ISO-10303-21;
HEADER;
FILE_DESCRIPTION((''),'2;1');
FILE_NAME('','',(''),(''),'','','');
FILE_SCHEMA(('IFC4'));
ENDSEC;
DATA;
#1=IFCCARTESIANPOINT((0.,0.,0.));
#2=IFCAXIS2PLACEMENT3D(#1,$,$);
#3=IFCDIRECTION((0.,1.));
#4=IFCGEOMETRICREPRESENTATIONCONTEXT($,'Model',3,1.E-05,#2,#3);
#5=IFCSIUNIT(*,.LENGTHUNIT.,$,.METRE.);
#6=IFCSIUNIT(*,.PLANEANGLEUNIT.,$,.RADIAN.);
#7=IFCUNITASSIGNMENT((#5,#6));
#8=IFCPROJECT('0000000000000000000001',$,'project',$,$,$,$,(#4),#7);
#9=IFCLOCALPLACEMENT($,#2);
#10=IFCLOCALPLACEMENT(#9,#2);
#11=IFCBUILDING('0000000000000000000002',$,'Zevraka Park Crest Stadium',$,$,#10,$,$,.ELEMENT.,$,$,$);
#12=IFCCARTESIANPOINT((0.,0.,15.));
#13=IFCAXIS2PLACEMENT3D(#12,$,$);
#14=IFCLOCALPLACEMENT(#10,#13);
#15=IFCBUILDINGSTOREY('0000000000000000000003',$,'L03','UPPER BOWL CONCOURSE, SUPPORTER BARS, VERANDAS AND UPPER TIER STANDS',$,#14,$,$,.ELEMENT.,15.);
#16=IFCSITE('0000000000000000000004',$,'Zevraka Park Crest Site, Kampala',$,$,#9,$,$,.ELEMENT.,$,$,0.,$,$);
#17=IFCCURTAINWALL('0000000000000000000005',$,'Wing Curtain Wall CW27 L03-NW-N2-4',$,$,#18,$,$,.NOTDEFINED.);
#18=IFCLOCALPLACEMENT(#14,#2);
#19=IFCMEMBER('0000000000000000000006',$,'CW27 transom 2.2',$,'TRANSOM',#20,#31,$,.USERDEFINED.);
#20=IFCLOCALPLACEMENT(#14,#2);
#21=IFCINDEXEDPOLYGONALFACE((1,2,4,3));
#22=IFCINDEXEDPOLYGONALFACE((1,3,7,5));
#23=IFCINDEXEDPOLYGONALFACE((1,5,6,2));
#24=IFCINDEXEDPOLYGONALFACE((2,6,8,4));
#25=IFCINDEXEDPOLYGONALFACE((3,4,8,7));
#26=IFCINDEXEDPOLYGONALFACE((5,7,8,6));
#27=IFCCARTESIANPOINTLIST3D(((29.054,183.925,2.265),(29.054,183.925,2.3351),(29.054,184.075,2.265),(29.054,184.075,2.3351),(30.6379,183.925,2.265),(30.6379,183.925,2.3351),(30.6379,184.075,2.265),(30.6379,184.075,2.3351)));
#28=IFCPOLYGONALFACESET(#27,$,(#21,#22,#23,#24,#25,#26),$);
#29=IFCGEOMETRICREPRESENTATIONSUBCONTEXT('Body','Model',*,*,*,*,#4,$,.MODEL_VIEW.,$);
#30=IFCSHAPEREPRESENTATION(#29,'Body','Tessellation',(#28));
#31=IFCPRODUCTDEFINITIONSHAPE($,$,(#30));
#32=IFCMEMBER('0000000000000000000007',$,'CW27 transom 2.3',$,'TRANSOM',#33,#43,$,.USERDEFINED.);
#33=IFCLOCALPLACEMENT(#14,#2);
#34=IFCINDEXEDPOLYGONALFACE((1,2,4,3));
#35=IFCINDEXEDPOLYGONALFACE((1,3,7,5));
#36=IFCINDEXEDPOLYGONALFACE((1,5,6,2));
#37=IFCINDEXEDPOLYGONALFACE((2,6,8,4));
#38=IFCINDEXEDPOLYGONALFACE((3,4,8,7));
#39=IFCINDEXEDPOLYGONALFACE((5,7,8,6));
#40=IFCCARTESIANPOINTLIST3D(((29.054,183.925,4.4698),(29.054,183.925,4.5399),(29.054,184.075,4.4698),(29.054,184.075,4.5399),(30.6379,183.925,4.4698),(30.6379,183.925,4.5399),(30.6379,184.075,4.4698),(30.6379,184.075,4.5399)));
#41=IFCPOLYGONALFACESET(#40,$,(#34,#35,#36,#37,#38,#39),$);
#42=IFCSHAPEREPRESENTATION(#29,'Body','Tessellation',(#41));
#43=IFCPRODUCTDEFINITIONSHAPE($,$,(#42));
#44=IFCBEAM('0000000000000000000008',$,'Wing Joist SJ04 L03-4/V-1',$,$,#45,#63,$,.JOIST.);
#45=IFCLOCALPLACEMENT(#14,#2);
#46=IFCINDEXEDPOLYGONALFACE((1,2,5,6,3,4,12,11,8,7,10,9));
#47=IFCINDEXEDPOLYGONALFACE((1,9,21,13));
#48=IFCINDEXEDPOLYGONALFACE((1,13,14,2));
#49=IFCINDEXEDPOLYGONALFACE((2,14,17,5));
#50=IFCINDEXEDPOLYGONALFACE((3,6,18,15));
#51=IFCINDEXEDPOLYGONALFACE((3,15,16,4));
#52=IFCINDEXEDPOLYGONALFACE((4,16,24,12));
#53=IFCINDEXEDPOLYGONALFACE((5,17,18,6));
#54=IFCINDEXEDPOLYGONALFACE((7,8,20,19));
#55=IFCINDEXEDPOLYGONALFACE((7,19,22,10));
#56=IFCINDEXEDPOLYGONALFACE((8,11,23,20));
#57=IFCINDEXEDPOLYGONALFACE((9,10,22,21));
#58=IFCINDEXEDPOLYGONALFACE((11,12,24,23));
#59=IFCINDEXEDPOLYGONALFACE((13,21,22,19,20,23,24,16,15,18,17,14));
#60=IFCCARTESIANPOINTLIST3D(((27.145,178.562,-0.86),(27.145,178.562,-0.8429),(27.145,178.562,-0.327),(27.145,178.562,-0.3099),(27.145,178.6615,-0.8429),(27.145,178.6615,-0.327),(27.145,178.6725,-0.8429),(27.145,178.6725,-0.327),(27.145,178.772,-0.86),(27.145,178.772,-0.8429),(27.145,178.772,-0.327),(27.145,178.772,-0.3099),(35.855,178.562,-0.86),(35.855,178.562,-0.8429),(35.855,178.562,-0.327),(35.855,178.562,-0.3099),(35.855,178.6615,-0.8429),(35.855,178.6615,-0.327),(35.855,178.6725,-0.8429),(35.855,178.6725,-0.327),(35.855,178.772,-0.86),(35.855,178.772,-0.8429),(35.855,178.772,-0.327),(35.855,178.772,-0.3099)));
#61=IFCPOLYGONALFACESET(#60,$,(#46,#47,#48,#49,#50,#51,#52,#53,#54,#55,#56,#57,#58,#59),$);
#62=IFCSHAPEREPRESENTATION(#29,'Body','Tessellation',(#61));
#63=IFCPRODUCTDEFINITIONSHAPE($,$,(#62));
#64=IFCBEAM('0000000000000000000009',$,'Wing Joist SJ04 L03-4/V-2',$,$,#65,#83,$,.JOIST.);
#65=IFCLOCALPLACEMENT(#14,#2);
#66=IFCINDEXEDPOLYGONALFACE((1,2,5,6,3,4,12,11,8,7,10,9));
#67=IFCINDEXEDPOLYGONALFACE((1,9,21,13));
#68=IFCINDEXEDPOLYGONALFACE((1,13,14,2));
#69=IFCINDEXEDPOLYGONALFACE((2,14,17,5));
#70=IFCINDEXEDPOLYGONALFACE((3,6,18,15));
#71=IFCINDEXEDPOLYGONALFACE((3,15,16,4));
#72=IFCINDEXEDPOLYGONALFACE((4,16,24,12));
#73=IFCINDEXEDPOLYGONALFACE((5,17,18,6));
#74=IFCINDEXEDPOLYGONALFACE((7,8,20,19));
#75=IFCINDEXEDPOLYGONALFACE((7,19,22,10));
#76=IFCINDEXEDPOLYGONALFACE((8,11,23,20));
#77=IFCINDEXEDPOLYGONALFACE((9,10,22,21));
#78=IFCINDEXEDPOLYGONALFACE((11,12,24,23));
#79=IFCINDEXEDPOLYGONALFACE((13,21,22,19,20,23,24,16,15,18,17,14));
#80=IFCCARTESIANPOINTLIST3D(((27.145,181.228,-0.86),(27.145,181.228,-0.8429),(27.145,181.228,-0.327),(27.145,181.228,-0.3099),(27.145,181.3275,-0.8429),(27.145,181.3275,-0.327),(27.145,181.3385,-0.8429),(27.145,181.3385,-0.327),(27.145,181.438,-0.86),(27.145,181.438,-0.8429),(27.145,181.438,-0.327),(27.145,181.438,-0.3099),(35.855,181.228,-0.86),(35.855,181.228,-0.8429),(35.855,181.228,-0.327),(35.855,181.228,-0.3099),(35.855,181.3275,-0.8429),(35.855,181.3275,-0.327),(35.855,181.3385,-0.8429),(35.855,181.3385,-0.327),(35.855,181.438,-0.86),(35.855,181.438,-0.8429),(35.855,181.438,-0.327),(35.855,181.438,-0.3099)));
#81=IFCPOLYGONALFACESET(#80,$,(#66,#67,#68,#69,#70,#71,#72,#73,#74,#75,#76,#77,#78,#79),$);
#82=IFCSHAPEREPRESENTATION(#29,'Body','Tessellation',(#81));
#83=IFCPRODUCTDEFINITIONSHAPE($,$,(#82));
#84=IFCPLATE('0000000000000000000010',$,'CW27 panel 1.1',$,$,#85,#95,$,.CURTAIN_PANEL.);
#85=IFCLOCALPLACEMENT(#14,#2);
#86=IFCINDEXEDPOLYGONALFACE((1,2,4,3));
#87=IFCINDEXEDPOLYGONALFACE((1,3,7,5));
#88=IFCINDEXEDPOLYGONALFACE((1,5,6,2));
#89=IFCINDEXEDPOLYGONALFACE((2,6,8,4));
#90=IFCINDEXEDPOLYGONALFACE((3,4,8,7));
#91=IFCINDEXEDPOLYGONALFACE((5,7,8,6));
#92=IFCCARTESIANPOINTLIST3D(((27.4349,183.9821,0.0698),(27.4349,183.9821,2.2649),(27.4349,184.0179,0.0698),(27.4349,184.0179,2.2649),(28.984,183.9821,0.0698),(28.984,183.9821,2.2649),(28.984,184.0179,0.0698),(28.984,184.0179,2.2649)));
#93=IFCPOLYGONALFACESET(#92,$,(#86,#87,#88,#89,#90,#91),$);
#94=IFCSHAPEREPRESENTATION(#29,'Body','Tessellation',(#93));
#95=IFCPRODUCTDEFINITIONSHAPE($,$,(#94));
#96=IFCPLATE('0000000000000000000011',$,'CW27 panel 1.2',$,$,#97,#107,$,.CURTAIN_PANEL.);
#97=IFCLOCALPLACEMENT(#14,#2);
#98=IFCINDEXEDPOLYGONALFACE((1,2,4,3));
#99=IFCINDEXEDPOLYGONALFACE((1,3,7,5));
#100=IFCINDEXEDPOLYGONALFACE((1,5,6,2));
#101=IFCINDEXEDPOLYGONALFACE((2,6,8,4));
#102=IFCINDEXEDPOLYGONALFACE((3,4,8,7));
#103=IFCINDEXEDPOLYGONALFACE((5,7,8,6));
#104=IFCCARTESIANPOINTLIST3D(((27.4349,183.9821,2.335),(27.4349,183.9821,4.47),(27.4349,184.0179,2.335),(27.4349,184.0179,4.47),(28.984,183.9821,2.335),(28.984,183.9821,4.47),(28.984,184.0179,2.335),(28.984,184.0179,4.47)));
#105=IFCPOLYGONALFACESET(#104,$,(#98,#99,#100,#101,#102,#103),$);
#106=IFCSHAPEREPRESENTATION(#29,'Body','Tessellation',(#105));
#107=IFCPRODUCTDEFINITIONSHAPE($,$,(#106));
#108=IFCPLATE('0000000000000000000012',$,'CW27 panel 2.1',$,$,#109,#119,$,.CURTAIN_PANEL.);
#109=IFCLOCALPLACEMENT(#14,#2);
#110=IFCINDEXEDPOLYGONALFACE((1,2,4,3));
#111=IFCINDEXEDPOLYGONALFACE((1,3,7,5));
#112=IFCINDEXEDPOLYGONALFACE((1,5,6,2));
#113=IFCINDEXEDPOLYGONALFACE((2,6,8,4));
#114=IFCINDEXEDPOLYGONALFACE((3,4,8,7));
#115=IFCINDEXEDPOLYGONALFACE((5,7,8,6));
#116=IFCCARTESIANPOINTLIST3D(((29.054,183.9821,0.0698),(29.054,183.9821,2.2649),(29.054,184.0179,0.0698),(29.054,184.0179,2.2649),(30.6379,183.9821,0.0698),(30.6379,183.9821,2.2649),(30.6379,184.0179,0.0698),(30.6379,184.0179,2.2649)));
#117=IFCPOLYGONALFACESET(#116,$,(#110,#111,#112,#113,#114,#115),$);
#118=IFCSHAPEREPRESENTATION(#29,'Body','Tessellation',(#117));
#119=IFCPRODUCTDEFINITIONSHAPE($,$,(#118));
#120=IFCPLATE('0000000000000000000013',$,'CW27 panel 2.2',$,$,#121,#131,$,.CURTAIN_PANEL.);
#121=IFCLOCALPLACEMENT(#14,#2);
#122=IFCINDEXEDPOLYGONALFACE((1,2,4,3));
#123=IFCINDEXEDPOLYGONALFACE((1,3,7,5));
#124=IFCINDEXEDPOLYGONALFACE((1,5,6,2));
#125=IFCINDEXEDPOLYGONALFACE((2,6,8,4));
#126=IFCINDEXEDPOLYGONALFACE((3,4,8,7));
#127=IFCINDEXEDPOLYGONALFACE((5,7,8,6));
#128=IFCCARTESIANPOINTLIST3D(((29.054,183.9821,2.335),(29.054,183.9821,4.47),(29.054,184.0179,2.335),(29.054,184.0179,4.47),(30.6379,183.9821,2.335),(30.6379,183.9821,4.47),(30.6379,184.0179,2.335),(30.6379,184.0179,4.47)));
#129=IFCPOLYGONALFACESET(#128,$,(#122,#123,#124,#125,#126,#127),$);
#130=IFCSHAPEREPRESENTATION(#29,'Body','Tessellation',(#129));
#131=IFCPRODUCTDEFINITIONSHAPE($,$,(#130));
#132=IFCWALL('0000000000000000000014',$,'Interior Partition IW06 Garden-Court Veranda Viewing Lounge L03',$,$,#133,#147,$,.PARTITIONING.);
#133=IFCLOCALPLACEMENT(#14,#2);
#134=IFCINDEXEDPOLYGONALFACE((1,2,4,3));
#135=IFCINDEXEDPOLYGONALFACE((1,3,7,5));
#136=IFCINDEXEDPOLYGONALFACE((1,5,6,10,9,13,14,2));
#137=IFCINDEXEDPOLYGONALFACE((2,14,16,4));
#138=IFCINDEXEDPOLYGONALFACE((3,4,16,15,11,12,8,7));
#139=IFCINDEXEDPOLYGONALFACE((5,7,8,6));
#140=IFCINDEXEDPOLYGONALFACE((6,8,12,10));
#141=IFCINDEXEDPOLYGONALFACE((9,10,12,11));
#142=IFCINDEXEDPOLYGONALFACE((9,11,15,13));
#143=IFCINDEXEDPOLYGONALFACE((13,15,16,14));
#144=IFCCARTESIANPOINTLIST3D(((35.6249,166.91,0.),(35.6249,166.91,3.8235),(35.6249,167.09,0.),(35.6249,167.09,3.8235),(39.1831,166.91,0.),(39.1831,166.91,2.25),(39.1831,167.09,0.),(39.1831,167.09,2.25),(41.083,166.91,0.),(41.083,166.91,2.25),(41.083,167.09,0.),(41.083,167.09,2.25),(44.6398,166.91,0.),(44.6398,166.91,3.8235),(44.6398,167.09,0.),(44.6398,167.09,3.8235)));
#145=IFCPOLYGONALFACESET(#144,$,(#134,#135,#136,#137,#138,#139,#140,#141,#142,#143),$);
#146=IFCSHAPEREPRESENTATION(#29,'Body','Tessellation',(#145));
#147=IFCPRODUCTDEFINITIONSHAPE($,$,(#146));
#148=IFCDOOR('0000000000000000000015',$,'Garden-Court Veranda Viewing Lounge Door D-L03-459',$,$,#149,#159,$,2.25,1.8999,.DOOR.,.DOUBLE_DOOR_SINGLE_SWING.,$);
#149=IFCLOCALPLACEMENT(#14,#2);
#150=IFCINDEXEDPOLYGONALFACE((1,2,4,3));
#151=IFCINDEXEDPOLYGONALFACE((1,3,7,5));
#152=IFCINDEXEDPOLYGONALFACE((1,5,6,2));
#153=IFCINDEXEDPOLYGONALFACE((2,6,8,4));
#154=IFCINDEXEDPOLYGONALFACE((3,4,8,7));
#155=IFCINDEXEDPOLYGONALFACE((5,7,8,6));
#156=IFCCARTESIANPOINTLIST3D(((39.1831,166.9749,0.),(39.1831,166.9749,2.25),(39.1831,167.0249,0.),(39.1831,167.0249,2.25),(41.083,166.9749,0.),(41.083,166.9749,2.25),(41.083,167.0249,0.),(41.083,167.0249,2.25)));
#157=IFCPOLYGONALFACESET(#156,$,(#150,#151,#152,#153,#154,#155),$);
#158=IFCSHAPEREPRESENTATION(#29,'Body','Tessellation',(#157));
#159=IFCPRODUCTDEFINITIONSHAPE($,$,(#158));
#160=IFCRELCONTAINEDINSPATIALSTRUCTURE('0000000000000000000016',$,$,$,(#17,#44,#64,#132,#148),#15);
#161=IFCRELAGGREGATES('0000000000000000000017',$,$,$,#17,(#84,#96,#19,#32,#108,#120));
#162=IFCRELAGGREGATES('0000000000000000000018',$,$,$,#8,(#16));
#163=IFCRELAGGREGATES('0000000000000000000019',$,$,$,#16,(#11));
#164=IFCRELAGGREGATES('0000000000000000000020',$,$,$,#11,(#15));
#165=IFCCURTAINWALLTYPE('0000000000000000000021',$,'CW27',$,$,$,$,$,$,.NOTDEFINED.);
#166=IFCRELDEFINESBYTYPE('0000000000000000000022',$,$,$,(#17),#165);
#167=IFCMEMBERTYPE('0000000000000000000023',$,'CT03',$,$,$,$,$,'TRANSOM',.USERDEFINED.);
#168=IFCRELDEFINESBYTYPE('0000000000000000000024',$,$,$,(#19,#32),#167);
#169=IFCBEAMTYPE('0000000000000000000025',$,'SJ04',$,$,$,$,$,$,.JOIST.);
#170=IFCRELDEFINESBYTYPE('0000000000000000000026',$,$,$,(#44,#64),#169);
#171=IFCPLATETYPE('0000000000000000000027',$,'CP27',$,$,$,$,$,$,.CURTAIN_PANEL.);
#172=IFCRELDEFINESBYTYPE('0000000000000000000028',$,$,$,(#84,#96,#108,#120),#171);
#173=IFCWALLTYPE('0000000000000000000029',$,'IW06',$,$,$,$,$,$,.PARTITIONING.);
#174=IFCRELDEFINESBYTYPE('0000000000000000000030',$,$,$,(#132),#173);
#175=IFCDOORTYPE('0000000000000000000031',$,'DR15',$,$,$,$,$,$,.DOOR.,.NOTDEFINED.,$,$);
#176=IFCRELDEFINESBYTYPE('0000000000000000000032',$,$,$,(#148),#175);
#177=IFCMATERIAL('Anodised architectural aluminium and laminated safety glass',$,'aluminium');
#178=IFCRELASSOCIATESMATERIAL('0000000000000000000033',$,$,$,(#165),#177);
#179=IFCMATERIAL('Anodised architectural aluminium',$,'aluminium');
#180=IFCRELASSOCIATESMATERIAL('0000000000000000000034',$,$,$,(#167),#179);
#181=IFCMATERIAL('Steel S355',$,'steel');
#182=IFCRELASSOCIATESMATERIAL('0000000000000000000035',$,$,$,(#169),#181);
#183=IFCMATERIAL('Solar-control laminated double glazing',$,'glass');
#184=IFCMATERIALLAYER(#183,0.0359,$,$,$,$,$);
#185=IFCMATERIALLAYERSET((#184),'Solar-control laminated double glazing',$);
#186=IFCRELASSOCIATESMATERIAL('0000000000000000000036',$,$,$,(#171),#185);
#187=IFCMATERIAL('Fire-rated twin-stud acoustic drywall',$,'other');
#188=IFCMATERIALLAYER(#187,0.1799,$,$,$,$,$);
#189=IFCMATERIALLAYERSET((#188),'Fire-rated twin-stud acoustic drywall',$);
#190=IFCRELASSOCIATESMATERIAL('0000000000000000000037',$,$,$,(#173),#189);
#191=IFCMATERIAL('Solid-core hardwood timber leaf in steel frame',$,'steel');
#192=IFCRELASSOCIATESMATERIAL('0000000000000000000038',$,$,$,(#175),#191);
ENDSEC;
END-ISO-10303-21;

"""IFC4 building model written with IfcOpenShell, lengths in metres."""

from ifc_helpers import new_model, si_unit, direction, frame, frame_2d, origin, origin_2d, place, context, subcontext, project, spatial, rectangle, i_section, extrude, material, layer, layer_set, material_profile, profile_set, type_object, element, fill, aggregate, save


model = new_model("IFC4")

# Units and contexts
model_context = context("Model", 3, precision=1e-05, world=origin(), true_north=direction((0.0, 1.0)))
body_context = subcontext(model_context, "Body", "Model", "MODEL_VIEW")
ifc_project = project(units=[si_unit("LENGTHUNIT", "METRE"), si_unit("PLANEANGLEUNIT", "RADIAN")], contexts=[model_context])

# Site, building, storey
site_placement = place(None, origin())
site = spatial("IfcSite", under=ifc_project, at=site_placement, Name="Zevraka Park Crest Site, Kampala", CompositionType="ELEMENT", RefElevation=0.0)
building_placement = place(site_placement, origin())
building = spatial("IfcBuilding", under=site, at=building_placement, Name="Zevraka Park Crest Stadium", CompositionType="ELEMENT")
storey_placement = place(building_placement, frame((0.0, 0.0, 15.0)))
storey = spatial("IfcBuildingStorey", under=building, at=storey_placement, Name="L03", Description="UPPER BOWL CONCOURSE, SUPPORTER BARS, VERANDAS AND UPPER TIER STANDS", CompositionType="ELEMENT", Elevation=15.0)

# Curtain wall, members
ifc_material_1 = material(Name="Anodised architectural aluminium and laminated safety glass", Category="aluminium")
curtain_wall_type = type_object("IfcCurtainWallType", Name="CW27", PredefinedType="NOTDEFINED", material=ifc_material_1)
curtain_wall_placement = place(storey_placement, origin())
curtain_wall = element("IfcCurtainWall", 1, at=curtain_wall_placement, inside=storey, type_object=curtain_wall_type, Name="Wing Curtain Wall CW27 L03-NW-N2-4", PredefinedType="NOTDEFINED")
ifc_material_2 = material(Name="Anodised architectural aluminium", Category="aluminium")
ifc_material_profile_1 = material_profile(ifc_material_2, rectangle(XDim=0.1499, YDim=0.0701, at=origin_2d()), Name="ALU TRANSOM 150x70")
ifc_profile_set_1 = profile_set([ifc_material_profile_1], Name="Anodised architectural aluminium")
member_type_1 = type_object("IfcMemberType", Name="CT03", ElementType="TRANSOM", PredefinedType="USERDEFINED", material=ifc_profile_set_1)
member_1_placement = place(storey_placement, frame((29.054, 184.0, 2.3), z_axis=(1.0, 0.0, 0.0), x_axis=(0.0, 1.0, 0.0)))
member_1 = element("IfcMember", 2, at=member_1_placement, type_object=member_type_1, Name="CW27 transom 2.2", ObjectType="TRANSOM", PredefinedType="USERDEFINED", context=body_context, shape_type="SweptSolid", body=[
    extrude(rectangle(XDim=0.1499, YDim=0.0701, at=origin_2d()), origin(), (0.0, 0.0, 1.0), 1.584),
])
member_2_placement = place(storey_placement, frame((29.054, 184.0, 4.5049), z_axis=(1.0, 0.0, 0.0), x_axis=(0.0, 1.0, 0.0)))
member_2 = element("IfcMember", 3, at=member_2_placement, type_object=member_type_1, Name="CW27 transom 2.3", ObjectType="TRANSOM", PredefinedType="USERDEFINED", context=body_context, shape_type="SweptSolid", body=[
    extrude(rectangle(XDim=0.1499, YDim=0.0701, at=origin_2d()), origin(), (0.0, 0.0, 1.0), 1.584),
])

# Beams
ifc_material_3 = material(Name="Steel S355", Category="steel")
ifc_material_profile_2 = material_profile(ifc_material_3, i_section(OverallWidth=0.21, OverallDepth=0.55, WebThickness=0.011, FlangeThickness=0.0171, at=origin_2d()), Name="IPE 550")
ifc_profile_set_2 = profile_set([ifc_material_profile_2], Name="Steel S355")
beam_type_1 = type_object("IfcBeamType", Name="SJ04", PredefinedType="JOIST", material=ifc_profile_set_2)
for number, where, z_axis, x_axis, name in (
    (4, (27.145, 178.667, -0.585), (1.0, 0.0, 0.0), (0.0, 1.0, 0.0), "Wing Joist SJ04 L03-4/V-1"),
    (5, (27.145, 181.333, -0.585), (1.0, 0.0, 0.0), (0.0, 1.0, 0.0), "Wing Joist SJ04 L03-4/V-2"),
):
    element("IfcBeam", number, at=place(storey_placement, frame(where, z_axis=z_axis, x_axis=x_axis)), inside=storey, type_object=beam_type_1, Name=name, PredefinedType="JOIST", context=body_context, shape_type="SweptSolid", body=[
        extrude(i_section(OverallWidth=0.21, OverallDepth=0.55, WebThickness=0.011, FlangeThickness=0.0171, at=origin_2d()), origin(), (0.0, 0.0, 1.0), 8.71),
    ])

# Plates
ifc_material_4 = material(Name="Solar-control laminated double glazing", Category="glass")
ifc_layer_1 = layer(ifc_material_4, 0.0359)
ifc_layer_set_1 = layer_set([ifc_layer_1], Name="Solar-control laminated double glazing")
plate_type = type_object("IfcPlateType", Name="CP27", PredefinedType="CURTAIN_PANEL", material=ifc_layer_set_1)
plate_1_placement = place(storey_placement, frame((28.2095, 184.0, 0.0698), z_axis=(0.0, 0.0, 1.0), x_axis=(1.0, 0.0, 0.0)))
plate_1 = element("IfcPlate", 6, at=plate_1_placement, type_object=plate_type, Name="CW27 panel 1.1", PredefinedType="CURTAIN_PANEL", context=body_context, shape_type="SweptSolid", body=[
    extrude(rectangle(XDim=1.5491, YDim=0.0359, at=origin_2d()), origin(), (0.0, 0.0, 1.0), 2.1951),
])
plate_2_placement = place(storey_placement, frame((28.2095, 184.0, 2.335), z_axis=(0.0, 0.0, 1.0), x_axis=(1.0, 0.0, 0.0)))
plate_2 = element("IfcPlate", 7, at=plate_2_placement, type_object=plate_type, Name="CW27 panel 1.2", PredefinedType="CURTAIN_PANEL", context=body_context, shape_type="SweptSolid", body=[
    extrude(rectangle(XDim=1.5491, YDim=0.0359, at=origin_2d()), origin(), (0.0, 0.0, 1.0), 2.135),
])
plate_3_placement = place(storey_placement, frame((29.8459, 184.0, 0.0698), z_axis=(0.0, 0.0, 1.0), x_axis=(1.0, 0.0, 0.0)))
plate_3 = element("IfcPlate", 8, at=plate_3_placement, type_object=plate_type, Name="CW27 panel 2.1", PredefinedType="CURTAIN_PANEL", context=body_context, shape_type="SweptSolid", body=[
    extrude(rectangle(XDim=1.584, YDim=0.0359, at=origin_2d()), origin(), (0.0, 0.0, 1.0), 2.1951),
])
plate_4_placement = place(storey_placement, frame((29.8459, 184.0, 2.335), z_axis=(0.0, 0.0, 1.0), x_axis=(1.0, 0.0, 0.0)))
plate_4 = element("IfcPlate", 9, at=plate_4_placement, type_object=plate_type, Name="CW27 panel 2.2", PredefinedType="CURTAIN_PANEL", context=body_context, shape_type="SweptSolid", body=[
    extrude(rectangle(XDim=1.584, YDim=0.0359, at=origin_2d()), origin(), (0.0, 0.0, 1.0), 2.135),
])
aggregate(curtain_wall, [plate_1, plate_2, member_1, member_2, plate_3, plate_4])

# Wall, opening, door
ifc_material_5 = material(Name="Fire-rated twin-stud acoustic drywall", Category="other")
ifc_layer_2 = layer(ifc_material_5, 0.1799)
ifc_layer_set_2 = layer_set([ifc_layer_2], Name="Fire-rated twin-stud acoustic drywall")
wall_type = type_object("IfcWallType", Name="IW06", PredefinedType="PARTITIONING", material=ifc_layer_set_2)
wall_placement = place(storey_placement, frame((35.625, 167.0, 0.0), z_axis=(0.0, 0.0, 1.0), x_axis=(1.0, 0.0, 0.0)))
wall = element("IfcWall", 10, at=wall_placement, inside=storey, type_object=wall_type, Name="Interior Partition IW06 Garden-Court Veranda Viewing Lounge L03", PredefinedType="PARTITIONING", context=body_context, shape_type="SweptSolid", body=[
    extrude(rectangle(XDim=9.0149, YDim=0.1799, at=frame_2d((4.5073, 0.0))), origin(), (0.0, 0.0, 1.0), 3.8235),
])
opening_placement = place(wall_placement, frame((3.5581, 0.0, 0.0)))
opening = element("IfcOpeningElement", 11, at=opening_placement, cuts=wall, PredefinedType="OPENING", context=body_context, shape_type="SweptSolid", body=[
    extrude(rectangle(XDim=1.8999, YDim=2.25, at=frame_2d((0.95, 1.125))), frame((0.0, 0.0999, 0.0), z_axis=(0.0, -1.0, 0.0), x_axis=(1.0, 0.0, 0.0)), (0.0, 0.0, 1.0), 0.2),
])
ifc_material_6 = material(Name="Solid-core hardwood timber leaf in steel frame", Category="steel")
door_type = type_object("IfcDoorType", Name="DR15", OperationType="NOTDEFINED", PredefinedType="DOOR", material=ifc_material_6)
door_placement = place(opening_placement, origin())
door = element("IfcDoor", 12, at=door_placement, inside=storey, type_object=door_type, Name="Garden-Court Veranda Viewing Lounge Door D-L03-459", OperationType="DOUBLE_DOOR_SINGLE_SWING", OverallHeight=2.25, OverallWidth=1.8999, PredefinedType="DOOR", context=body_context, shape_type="SweptSolid", body=[
    extrude(rectangle(XDim=1.8999, YDim=2.25, at=frame_2d((0.95, 1.125))), frame((0.0, 0.0249, 0.0), z_axis=(0.0, -1.0, 0.0), x_axis=(1.0, 0.0, 0.0)), (0.0, 0.0, 1.0), 0.05),
])
fill(opening, door)

save(model, "model.ifc")
